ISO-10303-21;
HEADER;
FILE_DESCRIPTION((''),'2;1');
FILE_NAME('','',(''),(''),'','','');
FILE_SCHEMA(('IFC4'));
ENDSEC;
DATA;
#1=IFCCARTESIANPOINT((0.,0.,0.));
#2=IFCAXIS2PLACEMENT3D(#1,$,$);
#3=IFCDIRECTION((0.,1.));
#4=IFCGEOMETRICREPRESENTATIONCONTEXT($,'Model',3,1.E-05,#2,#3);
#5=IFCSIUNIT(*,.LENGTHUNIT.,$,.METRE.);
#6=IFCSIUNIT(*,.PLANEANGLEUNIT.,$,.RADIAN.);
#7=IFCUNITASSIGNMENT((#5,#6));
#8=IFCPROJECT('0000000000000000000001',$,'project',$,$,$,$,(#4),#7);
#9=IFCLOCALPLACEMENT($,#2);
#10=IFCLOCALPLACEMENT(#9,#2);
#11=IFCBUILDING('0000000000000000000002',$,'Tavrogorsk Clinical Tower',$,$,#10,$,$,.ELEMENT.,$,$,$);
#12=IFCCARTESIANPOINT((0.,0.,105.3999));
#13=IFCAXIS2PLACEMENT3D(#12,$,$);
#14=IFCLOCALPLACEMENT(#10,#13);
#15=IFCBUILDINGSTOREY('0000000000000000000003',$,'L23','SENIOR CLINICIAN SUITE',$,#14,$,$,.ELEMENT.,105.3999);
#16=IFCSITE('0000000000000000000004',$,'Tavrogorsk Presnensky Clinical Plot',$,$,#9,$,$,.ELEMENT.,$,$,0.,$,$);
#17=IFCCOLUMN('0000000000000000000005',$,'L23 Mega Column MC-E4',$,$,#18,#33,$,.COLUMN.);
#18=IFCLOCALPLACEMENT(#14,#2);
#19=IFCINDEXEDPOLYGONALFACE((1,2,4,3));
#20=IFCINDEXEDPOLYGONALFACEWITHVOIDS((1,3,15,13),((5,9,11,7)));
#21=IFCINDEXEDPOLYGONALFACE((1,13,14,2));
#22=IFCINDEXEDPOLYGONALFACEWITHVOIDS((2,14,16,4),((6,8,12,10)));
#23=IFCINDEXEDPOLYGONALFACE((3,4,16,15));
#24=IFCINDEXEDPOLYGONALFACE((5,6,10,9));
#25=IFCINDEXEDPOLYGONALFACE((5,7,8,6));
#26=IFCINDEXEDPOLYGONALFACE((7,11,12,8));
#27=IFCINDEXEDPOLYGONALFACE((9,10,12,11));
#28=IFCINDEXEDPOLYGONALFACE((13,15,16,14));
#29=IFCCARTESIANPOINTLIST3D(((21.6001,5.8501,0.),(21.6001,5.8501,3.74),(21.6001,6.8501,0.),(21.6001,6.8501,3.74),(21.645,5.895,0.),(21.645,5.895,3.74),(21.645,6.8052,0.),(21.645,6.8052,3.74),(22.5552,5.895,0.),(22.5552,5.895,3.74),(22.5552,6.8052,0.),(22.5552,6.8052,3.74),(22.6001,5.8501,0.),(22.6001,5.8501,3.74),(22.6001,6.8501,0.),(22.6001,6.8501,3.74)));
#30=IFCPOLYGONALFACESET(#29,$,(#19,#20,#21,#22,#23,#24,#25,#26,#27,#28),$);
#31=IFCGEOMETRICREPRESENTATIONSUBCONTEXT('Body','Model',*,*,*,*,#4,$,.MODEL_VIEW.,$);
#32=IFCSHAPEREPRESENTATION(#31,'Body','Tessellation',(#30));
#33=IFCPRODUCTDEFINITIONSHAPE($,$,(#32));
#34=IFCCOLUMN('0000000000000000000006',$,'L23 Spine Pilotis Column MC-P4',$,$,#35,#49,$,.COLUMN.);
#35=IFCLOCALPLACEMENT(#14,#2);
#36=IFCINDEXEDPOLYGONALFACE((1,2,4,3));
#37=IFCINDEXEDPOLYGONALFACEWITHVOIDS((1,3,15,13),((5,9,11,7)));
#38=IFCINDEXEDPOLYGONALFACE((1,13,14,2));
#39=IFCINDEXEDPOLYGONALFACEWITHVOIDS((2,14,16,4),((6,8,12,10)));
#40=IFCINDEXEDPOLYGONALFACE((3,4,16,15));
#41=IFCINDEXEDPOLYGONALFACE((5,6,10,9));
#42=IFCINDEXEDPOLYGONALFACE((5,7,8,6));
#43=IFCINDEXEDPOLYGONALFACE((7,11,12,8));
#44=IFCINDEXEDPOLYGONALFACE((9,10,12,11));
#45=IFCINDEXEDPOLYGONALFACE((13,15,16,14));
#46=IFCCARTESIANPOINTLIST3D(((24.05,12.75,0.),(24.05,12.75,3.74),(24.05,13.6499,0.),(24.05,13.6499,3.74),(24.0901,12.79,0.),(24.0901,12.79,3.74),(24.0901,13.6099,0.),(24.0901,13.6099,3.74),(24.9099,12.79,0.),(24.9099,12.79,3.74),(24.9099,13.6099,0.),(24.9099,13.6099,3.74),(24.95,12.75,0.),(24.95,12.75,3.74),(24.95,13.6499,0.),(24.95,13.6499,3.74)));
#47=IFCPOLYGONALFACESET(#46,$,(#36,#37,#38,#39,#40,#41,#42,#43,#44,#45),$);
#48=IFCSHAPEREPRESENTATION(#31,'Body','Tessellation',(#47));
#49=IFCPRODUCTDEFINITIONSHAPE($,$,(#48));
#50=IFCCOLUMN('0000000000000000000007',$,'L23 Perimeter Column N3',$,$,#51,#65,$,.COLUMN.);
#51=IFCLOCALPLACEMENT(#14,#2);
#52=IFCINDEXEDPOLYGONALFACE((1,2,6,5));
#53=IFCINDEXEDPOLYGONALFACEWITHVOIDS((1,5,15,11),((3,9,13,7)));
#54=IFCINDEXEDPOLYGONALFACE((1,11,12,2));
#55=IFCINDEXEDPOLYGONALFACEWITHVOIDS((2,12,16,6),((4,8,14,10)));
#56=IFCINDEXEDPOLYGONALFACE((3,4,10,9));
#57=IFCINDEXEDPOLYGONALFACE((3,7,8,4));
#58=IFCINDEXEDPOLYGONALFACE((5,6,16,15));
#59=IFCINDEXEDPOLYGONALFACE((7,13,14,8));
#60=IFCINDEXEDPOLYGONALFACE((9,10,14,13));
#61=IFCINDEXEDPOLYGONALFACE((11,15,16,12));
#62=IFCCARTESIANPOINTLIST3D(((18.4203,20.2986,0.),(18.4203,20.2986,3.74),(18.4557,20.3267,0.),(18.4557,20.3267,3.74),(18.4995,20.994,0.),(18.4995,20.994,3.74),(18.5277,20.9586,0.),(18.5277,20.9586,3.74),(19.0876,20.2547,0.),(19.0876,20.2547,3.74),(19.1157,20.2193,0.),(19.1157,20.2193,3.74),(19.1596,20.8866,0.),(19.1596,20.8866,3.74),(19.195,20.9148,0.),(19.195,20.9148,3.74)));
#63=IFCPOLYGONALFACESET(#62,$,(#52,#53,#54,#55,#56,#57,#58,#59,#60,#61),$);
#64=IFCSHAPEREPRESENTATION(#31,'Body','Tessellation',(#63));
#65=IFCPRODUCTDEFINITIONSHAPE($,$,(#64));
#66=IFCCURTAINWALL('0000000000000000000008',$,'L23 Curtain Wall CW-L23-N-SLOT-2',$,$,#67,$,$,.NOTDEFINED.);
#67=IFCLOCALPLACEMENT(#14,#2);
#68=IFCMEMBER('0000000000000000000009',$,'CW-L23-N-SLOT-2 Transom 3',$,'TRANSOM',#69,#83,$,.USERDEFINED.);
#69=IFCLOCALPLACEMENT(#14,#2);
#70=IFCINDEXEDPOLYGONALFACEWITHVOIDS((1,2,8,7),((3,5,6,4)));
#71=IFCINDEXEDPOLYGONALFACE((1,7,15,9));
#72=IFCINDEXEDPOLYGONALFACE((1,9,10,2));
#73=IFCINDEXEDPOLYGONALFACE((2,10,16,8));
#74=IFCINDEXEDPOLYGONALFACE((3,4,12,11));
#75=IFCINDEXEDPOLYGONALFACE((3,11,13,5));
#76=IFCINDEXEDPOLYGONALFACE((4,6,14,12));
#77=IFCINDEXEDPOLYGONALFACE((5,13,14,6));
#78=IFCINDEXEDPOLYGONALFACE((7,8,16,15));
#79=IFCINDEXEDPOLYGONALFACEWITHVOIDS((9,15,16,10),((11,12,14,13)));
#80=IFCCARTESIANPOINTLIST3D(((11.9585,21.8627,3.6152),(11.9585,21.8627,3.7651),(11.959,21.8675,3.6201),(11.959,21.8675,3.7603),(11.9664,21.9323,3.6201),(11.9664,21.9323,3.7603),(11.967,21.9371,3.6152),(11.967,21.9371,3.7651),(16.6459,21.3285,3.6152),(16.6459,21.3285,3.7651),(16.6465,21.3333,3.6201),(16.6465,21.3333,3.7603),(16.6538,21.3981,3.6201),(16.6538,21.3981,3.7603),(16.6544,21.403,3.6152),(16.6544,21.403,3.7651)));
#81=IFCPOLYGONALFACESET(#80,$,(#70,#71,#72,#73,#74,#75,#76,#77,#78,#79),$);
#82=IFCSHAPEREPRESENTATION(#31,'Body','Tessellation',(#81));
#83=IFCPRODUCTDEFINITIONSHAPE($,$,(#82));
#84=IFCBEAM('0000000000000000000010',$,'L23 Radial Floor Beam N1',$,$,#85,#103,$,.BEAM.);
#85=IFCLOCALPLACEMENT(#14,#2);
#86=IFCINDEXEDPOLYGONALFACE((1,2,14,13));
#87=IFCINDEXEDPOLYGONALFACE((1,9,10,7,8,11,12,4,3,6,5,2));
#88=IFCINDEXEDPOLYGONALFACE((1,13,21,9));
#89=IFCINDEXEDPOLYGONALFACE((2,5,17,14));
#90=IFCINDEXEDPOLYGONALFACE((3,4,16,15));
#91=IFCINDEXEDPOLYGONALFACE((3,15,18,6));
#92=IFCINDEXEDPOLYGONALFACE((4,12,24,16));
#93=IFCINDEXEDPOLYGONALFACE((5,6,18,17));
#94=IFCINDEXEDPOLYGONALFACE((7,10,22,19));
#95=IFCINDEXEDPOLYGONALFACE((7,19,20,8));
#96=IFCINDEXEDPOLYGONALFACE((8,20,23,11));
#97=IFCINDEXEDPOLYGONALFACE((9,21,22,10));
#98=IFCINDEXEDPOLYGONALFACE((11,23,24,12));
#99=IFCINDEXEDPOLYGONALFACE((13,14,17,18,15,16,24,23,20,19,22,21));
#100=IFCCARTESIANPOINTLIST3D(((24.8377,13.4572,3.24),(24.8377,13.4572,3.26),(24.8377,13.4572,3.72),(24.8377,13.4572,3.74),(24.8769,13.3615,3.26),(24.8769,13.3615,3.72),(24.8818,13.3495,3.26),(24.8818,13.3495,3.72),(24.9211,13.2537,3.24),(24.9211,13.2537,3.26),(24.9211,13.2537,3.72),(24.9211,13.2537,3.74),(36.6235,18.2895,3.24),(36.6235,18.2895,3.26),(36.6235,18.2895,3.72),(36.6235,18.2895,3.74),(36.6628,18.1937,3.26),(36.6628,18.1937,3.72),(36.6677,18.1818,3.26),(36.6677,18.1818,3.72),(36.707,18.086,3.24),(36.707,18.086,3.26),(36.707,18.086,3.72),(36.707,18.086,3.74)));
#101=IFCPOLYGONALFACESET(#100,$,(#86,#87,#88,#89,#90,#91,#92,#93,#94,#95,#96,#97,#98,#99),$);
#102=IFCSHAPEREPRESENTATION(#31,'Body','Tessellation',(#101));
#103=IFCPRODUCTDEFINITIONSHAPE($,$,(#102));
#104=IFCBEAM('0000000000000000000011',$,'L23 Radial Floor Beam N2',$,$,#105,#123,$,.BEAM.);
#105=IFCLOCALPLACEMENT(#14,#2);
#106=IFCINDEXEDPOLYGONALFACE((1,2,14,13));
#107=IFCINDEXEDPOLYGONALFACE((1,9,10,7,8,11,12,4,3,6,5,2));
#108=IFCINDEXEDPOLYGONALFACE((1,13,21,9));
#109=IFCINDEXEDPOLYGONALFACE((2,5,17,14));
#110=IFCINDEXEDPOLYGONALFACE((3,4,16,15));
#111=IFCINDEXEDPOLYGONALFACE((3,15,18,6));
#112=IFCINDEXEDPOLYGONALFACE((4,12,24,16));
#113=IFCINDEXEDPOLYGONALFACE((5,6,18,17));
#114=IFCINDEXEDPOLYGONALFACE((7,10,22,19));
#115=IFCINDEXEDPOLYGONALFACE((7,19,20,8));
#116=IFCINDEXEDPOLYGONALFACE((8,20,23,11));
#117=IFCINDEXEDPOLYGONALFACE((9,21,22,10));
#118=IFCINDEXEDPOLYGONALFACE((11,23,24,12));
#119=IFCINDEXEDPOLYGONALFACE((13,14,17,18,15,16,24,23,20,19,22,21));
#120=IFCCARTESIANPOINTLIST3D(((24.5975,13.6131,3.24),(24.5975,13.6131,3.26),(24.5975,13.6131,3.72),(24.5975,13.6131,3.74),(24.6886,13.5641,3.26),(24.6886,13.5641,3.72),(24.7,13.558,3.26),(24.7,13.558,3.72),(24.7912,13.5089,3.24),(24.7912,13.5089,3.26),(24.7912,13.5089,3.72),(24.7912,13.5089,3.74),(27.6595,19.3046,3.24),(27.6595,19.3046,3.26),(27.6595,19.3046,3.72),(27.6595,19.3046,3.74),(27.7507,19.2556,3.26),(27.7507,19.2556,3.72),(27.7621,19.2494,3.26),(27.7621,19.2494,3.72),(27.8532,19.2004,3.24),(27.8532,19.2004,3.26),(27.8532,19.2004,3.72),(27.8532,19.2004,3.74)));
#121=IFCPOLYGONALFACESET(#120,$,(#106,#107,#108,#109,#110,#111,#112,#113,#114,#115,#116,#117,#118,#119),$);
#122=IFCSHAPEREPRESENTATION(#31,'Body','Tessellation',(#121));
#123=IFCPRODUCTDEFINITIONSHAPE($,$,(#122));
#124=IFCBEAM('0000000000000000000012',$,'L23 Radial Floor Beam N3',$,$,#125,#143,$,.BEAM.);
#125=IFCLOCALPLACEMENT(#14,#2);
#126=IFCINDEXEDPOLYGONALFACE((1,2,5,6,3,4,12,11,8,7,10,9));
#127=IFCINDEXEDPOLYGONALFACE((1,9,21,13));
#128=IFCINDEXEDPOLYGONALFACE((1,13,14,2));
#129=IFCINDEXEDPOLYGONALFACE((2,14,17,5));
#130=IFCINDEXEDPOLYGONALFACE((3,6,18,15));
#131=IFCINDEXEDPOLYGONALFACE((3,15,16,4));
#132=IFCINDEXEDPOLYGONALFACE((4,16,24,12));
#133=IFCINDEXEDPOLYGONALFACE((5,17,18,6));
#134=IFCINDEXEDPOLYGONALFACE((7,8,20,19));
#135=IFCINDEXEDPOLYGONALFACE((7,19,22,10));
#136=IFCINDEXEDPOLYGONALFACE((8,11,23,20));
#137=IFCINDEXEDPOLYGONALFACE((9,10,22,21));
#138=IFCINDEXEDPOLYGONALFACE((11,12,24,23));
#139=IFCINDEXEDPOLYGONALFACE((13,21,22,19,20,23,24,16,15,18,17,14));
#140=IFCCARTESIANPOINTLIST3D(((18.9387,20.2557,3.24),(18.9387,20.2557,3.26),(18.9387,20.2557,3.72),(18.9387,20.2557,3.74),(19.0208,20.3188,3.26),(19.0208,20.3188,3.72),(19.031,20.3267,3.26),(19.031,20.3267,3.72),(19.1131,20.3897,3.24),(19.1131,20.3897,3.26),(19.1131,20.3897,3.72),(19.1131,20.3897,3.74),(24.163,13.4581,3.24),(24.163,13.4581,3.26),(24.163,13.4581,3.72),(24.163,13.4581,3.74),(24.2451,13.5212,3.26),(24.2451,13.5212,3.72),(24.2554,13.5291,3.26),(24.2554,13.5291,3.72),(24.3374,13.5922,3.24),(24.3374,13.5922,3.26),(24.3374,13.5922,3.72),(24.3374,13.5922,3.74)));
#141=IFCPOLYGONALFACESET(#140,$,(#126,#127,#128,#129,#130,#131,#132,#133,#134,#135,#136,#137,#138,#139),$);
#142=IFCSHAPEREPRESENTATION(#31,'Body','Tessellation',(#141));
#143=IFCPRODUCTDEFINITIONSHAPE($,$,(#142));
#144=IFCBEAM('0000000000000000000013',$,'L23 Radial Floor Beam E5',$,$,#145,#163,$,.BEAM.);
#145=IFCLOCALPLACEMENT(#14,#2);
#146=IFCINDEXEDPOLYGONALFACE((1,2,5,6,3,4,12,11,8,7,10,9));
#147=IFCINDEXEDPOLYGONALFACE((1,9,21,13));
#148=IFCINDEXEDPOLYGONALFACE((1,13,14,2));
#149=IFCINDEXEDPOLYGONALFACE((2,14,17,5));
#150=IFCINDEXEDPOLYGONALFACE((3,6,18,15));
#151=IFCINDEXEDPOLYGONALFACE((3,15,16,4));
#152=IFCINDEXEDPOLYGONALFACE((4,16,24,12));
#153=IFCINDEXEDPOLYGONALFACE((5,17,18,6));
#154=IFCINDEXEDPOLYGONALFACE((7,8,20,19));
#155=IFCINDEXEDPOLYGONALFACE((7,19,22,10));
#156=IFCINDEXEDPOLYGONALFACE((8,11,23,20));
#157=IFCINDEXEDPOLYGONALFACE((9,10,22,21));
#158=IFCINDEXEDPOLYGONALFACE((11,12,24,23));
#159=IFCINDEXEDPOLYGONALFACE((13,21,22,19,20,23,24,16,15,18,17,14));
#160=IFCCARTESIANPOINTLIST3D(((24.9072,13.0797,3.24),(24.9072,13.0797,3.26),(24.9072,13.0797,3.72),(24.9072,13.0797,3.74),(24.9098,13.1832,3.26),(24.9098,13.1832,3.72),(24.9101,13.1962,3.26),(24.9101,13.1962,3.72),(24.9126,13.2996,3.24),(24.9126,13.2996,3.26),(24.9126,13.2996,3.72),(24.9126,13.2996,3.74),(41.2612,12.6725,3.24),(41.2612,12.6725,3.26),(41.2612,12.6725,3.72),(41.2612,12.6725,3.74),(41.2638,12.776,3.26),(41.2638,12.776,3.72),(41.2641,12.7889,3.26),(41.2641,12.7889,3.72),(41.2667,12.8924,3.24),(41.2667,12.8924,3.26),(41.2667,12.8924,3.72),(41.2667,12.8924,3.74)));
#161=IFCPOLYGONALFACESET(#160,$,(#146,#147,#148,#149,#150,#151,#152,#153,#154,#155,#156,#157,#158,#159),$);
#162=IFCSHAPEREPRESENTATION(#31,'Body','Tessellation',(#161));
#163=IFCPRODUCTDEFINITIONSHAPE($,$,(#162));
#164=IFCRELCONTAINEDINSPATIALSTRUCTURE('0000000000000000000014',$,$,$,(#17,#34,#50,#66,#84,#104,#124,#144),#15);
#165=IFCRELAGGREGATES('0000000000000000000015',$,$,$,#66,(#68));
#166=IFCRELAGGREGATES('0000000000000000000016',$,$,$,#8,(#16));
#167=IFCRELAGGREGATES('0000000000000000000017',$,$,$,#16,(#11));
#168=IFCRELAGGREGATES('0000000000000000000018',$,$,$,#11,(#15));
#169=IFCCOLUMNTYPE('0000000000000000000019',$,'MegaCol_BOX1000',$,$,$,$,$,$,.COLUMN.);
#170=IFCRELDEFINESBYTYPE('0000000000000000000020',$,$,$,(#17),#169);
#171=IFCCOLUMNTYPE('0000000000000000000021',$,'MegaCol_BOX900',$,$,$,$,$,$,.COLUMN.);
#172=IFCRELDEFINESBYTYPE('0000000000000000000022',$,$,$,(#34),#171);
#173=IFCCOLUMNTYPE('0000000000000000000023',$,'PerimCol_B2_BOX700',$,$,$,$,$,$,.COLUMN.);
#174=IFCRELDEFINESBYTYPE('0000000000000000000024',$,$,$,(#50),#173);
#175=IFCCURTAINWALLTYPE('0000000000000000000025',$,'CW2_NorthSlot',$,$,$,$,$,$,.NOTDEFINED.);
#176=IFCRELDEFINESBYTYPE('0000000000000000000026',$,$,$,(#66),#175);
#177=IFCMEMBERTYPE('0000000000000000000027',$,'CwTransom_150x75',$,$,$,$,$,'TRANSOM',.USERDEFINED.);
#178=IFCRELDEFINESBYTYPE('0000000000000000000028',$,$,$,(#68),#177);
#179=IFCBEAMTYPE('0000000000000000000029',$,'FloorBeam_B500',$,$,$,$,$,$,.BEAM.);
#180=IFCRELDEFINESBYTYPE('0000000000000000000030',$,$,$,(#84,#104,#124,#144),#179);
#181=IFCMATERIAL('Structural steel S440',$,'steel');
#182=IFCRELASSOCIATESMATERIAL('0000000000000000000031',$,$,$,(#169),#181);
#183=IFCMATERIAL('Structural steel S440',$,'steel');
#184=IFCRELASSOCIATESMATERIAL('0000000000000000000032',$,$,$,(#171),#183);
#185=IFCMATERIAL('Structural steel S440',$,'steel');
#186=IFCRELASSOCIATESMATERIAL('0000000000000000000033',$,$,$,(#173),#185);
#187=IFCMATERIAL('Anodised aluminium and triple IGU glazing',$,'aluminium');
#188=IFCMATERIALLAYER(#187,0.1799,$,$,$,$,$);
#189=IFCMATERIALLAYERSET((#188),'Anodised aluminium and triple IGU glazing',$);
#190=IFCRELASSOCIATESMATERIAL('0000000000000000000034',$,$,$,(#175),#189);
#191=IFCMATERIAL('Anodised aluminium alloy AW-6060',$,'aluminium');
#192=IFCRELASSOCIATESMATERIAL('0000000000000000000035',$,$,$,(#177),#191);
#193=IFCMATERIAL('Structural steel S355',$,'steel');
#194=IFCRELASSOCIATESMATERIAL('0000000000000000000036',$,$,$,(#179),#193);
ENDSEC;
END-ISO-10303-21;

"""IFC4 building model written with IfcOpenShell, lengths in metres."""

from ifc_helpers import new_model, si_unit, direction, frame, origin, origin_2d, place, context, subcontext, project, spatial, hollow_rectangle, i_section, extrude, material, layer, layer_set, material_profile, profile_set, type_object, element, aggregate, save


model = new_model("IFC4")

# Units and contexts
model_context = context("Model", 3, precision=1e-05, world=origin(), true_north=direction((0.0, 1.0)))
body_context = subcontext(model_context, "Body", "Model", "MODEL_VIEW")
ifc_project = project(units=[si_unit("LENGTHUNIT", "METRE"), si_unit("PLANEANGLEUNIT", "RADIAN")], contexts=[model_context])

# Site, building, storey
site_placement = place(None, origin())
site = spatial("IfcSite", under=ifc_project, at=site_placement, Name="Tavrogorsk Presnensky Clinical Plot", CompositionType="ELEMENT", RefElevation=0.0)
building_placement = place(site_placement, origin())
building = spatial("IfcBuilding", under=site, at=building_placement, Name="Tavrogorsk Clinical Tower", CompositionType="ELEMENT")
storey_placement = place(building_placement, frame((0.0, 0.0, 105.3999)))
storey = spatial("IfcBuildingStorey", under=building, at=storey_placement, Name="L23", Description="SENIOR CLINICIAN SUITE", CompositionType="ELEMENT", Elevation=105.3999)

# Columns
ifc_material_1 = material(Name="Structural steel S440", Category="steel")
ifc_material_profile_1 = material_profile(ifc_material_1, hollow_rectangle(XDim=1.0, YDim=1.0, WallThickness=0.0449, at=origin_2d()), Name="BOX-1000x1000x45")
ifc_profile_set_1 = profile_set([ifc_material_profile_1], Name="Structural steel S440")
column_type_1 = type_object("IfcColumnType", Name="MegaCol_BOX1000", PredefinedType="COLUMN", material=ifc_profile_set_1)
column_1_placement = place(storey_placement, frame((22.1001, 6.3501, 0.0), z_axis=(0.0, 0.0, 1.0), x_axis=(1.0, 0.0, 0.0)))
element("IfcColumn", 1, at=column_1_placement, inside=storey, type_object=column_type_1, Name="L23 Mega Column MC-E4", PredefinedType="COLUMN", context=body_context, shape_type="SweptSolid", body=[
    extrude(hollow_rectangle(XDim=1.0, YDim=1.0, WallThickness=0.0449, at=origin_2d()), origin(), (0.0, 0.0, 1.0), 3.74),
])
ifc_material_2 = material(Name="Structural steel S440", Category="steel")
ifc_material_profile_2 = material_profile(ifc_material_2, hollow_rectangle(XDim=0.8999, YDim=0.8999, WallThickness=0.04, at=origin_2d()), Name="BOX-900x900x40")
ifc_profile_set_2 = profile_set([ifc_material_profile_2], Name="Structural steel S440")
column_type_2 = type_object("IfcColumnType", Name="MegaCol_BOX900", PredefinedType="COLUMN", material=ifc_profile_set_2)
column_2_placement = place(storey_placement, frame((24.5, 13.2, 0.0), z_axis=(0.0, 0.0, 1.0), x_axis=(1.0, 0.0, 0.0)))
element("IfcColumn", 2, at=column_2_placement, inside=storey, type_object=column_type_2, Name="L23 Spine Pilotis Column MC-P4", PredefinedType="COLUMN", context=body_context, shape_type="SweptSolid", body=[
    extrude(hollow_rectangle(XDim=0.8999, YDim=0.8999, WallThickness=0.04, at=origin_2d()), origin(), (0.0, 0.0, 1.0), 3.74),
])
ifc_material_3 = material(Name="Structural steel S440", Category="steel")
ifc_material_profile_3 = material_profile(ifc_material_3, hollow_rectangle(XDim=0.7, YDim=0.7, WallThickness=0.032, at=origin_2d()), Name="BOX-700x700x32")
ifc_profile_set_3 = profile_set([ifc_material_profile_3], Name="Structural steel S440")
column_type_3 = type_object("IfcColumnType", Name="PerimCol_B2_BOX700", PredefinedType="COLUMN", material=ifc_profile_set_3)
column_3_placement = place(storey_placement, frame((18.8076, 20.6067, 0.0), z_axis=(0.0, 0.0, 1.0), x_axis=(0.993572, -0.113203, 0.0)))
element("IfcColumn", 3, at=column_3_placement, inside=storey, type_object=column_type_3, Name="L23 Perimeter Column N3", PredefinedType="COLUMN", context=body_context, shape_type="SweptSolid", body=[
    extrude(hollow_rectangle(XDim=0.7, YDim=0.7, WallThickness=0.032, at=origin_2d()), origin(), (0.0, 0.0, 1.0), 3.74),
])

# Curtain wall, member
ifc_material_4 = material(Name="Anodised aluminium and triple IGU glazing", Category="aluminium")
ifc_layer_1 = layer(ifc_material_4, 0.1799)
ifc_layer_set_1 = layer_set([ifc_layer_1], Name="Anodised aluminium and triple IGU glazing")
curtain_wall_type = type_object("IfcCurtainWallType", Name="CW2_NorthSlot", PredefinedType="NOTDEFINED", material=ifc_layer_set_1)
curtain_wall_placement = place(storey_placement, origin())
curtain_wall = element("IfcCurtainWall", 4, at=curtain_wall_placement, inside=storey, type_object=curtain_wall_type, Name="L23 Curtain Wall CW-L23-N-SLOT-2", PredefinedType="NOTDEFINED")
ifc_material_5 = material(Name="Anodised aluminium alloy AW-6060", Category="aluminium")
ifc_material_profile_4 = material_profile(ifc_material_5, hollow_rectangle(XDim=0.075, YDim=0.1499, WallThickness=0.0049, at=origin_2d()), Name="RHS-150x75x5")
ifc_profile_set_4 = profile_set([ifc_material_profile_4], Name="Anodised aluminium alloy AW-6060")
member_type = type_object("IfcMemberType", Name="CwTransom_150x75", ElementType="TRANSOM", PredefinedType="USERDEFINED", material=ifc_profile_set_4)
member_placement = place(storey_placement, frame((16.6501, 21.3657, 3.6902), z_axis=(-0.993569, 0.113226, 0.0), x_axis=(-0.113226, -0.993569, 0.0)))
member = element("IfcMember", 5, at=member_placement, type_object=member_type, Name="CW-L23-N-SLOT-2 Transom 3", ObjectType="TRANSOM", PredefinedType="USERDEFINED", context=body_context, shape_type="SweptSolid", body=[
    extrude(hollow_rectangle(XDim=0.075, YDim=0.1499, WallThickness=0.0049, at=origin_2d()), origin(), (0.0, 0.0, 1.0), 4.7178),
])
aggregate(curtain_wall, [member])

# Beams
ifc_material_6 = material(Name="Structural steel S355", Category="steel")
ifc_material_profile_5 = material_profile(ifc_material_6, i_section(OverallWidth=0.22, OverallDepth=0.5, WebThickness=0.0129, FlangeThickness=0.02, at=origin_2d()), Name="B-500x220x13x20")
ifc_profile_set_5 = profile_set([ifc_material_profile_5], Name="Structural steel S355")
beam_type_1 = type_object("IfcBeamType", Name="FloorBeam_B500", PredefinedType="BEAM", material=ifc_profile_set_5)
beam_1_placement = place(storey_placement, frame((24.8794, 13.3555, 3.49), z_axis=(0.92525, 0.379357, 0.0), x_axis=(-0.379357, 0.92525, 0.0)))
element("IfcBeam", 6, at=beam_1_placement, inside=storey, type_object=beam_type_1, Name="L23 Radial Floor Beam N1", PredefinedType="BEAM", context=body_context, shape_type="SweptSolid", body=[
    extrude(i_section(OverallWidth=0.22, OverallDepth=0.5, WebThickness=0.0129, FlangeThickness=0.02, at=origin_2d()), origin(), (0.0, 0.0, 1.0), 12.738),
])
beam_2_placement = place(storey_placement, frame((24.6943, 13.561, 3.49), z_axis=(0.473789, 0.880638, 0.0), x_axis=(-0.880638, 0.473789, 0.0)))
element("IfcBeam", 7, at=beam_2_placement, inside=storey, type_object=beam_type_1, Name="L23 Radial Floor Beam N2", PredefinedType="BEAM", context=body_context, shape_type="SweptSolid", body=[
    extrude(i_section(OverallWidth=0.22, OverallDepth=0.5, WebThickness=0.0129, FlangeThickness=0.02, at=origin_2d()), origin(), (0.0, 0.0, 1.0), 6.4629),
])
beam_3_placement = place(storey_placement, frame((24.2502, 13.5251, 3.49), z_axis=(-0.609376, 0.792881, 0.0), x_axis=(-0.792881, -0.609376, 0.0)))
element("IfcBeam", 8, at=beam_3_placement, inside=storey, type_object=beam_type_1, Name="L23 Radial Floor Beam N3", PredefinedType="BEAM", context=body_context, shape_type="SweptSolid", body=[
    extrude(i_section(OverallWidth=0.22, OverallDepth=0.5, WebThickness=0.0129, FlangeThickness=0.02, at=origin_2d()), origin(), (0.0, 0.0, 1.0), 8.5732),
])
beam_4_placement = place(storey_placement, frame((24.9099, 13.1897, 3.49), z_axis=(0.99969, -0.024893, 0.0), x_axis=(0.024893, 0.99969, 0.0)))
element("IfcBeam", 9, at=beam_4_placement, inside=storey, type_object=beam_type_1, Name="L23 Radial Floor Beam E5", PredefinedType="BEAM", context=body_context, shape_type="SweptSolid", body=[
    extrude(i_section(OverallWidth=0.22, OverallDepth=0.5, WebThickness=0.0129, FlangeThickness=0.02, at=origin_2d()), origin(), (0.0, 0.0, 1.0), 16.3591),
])

save(model, "model.ifc")
